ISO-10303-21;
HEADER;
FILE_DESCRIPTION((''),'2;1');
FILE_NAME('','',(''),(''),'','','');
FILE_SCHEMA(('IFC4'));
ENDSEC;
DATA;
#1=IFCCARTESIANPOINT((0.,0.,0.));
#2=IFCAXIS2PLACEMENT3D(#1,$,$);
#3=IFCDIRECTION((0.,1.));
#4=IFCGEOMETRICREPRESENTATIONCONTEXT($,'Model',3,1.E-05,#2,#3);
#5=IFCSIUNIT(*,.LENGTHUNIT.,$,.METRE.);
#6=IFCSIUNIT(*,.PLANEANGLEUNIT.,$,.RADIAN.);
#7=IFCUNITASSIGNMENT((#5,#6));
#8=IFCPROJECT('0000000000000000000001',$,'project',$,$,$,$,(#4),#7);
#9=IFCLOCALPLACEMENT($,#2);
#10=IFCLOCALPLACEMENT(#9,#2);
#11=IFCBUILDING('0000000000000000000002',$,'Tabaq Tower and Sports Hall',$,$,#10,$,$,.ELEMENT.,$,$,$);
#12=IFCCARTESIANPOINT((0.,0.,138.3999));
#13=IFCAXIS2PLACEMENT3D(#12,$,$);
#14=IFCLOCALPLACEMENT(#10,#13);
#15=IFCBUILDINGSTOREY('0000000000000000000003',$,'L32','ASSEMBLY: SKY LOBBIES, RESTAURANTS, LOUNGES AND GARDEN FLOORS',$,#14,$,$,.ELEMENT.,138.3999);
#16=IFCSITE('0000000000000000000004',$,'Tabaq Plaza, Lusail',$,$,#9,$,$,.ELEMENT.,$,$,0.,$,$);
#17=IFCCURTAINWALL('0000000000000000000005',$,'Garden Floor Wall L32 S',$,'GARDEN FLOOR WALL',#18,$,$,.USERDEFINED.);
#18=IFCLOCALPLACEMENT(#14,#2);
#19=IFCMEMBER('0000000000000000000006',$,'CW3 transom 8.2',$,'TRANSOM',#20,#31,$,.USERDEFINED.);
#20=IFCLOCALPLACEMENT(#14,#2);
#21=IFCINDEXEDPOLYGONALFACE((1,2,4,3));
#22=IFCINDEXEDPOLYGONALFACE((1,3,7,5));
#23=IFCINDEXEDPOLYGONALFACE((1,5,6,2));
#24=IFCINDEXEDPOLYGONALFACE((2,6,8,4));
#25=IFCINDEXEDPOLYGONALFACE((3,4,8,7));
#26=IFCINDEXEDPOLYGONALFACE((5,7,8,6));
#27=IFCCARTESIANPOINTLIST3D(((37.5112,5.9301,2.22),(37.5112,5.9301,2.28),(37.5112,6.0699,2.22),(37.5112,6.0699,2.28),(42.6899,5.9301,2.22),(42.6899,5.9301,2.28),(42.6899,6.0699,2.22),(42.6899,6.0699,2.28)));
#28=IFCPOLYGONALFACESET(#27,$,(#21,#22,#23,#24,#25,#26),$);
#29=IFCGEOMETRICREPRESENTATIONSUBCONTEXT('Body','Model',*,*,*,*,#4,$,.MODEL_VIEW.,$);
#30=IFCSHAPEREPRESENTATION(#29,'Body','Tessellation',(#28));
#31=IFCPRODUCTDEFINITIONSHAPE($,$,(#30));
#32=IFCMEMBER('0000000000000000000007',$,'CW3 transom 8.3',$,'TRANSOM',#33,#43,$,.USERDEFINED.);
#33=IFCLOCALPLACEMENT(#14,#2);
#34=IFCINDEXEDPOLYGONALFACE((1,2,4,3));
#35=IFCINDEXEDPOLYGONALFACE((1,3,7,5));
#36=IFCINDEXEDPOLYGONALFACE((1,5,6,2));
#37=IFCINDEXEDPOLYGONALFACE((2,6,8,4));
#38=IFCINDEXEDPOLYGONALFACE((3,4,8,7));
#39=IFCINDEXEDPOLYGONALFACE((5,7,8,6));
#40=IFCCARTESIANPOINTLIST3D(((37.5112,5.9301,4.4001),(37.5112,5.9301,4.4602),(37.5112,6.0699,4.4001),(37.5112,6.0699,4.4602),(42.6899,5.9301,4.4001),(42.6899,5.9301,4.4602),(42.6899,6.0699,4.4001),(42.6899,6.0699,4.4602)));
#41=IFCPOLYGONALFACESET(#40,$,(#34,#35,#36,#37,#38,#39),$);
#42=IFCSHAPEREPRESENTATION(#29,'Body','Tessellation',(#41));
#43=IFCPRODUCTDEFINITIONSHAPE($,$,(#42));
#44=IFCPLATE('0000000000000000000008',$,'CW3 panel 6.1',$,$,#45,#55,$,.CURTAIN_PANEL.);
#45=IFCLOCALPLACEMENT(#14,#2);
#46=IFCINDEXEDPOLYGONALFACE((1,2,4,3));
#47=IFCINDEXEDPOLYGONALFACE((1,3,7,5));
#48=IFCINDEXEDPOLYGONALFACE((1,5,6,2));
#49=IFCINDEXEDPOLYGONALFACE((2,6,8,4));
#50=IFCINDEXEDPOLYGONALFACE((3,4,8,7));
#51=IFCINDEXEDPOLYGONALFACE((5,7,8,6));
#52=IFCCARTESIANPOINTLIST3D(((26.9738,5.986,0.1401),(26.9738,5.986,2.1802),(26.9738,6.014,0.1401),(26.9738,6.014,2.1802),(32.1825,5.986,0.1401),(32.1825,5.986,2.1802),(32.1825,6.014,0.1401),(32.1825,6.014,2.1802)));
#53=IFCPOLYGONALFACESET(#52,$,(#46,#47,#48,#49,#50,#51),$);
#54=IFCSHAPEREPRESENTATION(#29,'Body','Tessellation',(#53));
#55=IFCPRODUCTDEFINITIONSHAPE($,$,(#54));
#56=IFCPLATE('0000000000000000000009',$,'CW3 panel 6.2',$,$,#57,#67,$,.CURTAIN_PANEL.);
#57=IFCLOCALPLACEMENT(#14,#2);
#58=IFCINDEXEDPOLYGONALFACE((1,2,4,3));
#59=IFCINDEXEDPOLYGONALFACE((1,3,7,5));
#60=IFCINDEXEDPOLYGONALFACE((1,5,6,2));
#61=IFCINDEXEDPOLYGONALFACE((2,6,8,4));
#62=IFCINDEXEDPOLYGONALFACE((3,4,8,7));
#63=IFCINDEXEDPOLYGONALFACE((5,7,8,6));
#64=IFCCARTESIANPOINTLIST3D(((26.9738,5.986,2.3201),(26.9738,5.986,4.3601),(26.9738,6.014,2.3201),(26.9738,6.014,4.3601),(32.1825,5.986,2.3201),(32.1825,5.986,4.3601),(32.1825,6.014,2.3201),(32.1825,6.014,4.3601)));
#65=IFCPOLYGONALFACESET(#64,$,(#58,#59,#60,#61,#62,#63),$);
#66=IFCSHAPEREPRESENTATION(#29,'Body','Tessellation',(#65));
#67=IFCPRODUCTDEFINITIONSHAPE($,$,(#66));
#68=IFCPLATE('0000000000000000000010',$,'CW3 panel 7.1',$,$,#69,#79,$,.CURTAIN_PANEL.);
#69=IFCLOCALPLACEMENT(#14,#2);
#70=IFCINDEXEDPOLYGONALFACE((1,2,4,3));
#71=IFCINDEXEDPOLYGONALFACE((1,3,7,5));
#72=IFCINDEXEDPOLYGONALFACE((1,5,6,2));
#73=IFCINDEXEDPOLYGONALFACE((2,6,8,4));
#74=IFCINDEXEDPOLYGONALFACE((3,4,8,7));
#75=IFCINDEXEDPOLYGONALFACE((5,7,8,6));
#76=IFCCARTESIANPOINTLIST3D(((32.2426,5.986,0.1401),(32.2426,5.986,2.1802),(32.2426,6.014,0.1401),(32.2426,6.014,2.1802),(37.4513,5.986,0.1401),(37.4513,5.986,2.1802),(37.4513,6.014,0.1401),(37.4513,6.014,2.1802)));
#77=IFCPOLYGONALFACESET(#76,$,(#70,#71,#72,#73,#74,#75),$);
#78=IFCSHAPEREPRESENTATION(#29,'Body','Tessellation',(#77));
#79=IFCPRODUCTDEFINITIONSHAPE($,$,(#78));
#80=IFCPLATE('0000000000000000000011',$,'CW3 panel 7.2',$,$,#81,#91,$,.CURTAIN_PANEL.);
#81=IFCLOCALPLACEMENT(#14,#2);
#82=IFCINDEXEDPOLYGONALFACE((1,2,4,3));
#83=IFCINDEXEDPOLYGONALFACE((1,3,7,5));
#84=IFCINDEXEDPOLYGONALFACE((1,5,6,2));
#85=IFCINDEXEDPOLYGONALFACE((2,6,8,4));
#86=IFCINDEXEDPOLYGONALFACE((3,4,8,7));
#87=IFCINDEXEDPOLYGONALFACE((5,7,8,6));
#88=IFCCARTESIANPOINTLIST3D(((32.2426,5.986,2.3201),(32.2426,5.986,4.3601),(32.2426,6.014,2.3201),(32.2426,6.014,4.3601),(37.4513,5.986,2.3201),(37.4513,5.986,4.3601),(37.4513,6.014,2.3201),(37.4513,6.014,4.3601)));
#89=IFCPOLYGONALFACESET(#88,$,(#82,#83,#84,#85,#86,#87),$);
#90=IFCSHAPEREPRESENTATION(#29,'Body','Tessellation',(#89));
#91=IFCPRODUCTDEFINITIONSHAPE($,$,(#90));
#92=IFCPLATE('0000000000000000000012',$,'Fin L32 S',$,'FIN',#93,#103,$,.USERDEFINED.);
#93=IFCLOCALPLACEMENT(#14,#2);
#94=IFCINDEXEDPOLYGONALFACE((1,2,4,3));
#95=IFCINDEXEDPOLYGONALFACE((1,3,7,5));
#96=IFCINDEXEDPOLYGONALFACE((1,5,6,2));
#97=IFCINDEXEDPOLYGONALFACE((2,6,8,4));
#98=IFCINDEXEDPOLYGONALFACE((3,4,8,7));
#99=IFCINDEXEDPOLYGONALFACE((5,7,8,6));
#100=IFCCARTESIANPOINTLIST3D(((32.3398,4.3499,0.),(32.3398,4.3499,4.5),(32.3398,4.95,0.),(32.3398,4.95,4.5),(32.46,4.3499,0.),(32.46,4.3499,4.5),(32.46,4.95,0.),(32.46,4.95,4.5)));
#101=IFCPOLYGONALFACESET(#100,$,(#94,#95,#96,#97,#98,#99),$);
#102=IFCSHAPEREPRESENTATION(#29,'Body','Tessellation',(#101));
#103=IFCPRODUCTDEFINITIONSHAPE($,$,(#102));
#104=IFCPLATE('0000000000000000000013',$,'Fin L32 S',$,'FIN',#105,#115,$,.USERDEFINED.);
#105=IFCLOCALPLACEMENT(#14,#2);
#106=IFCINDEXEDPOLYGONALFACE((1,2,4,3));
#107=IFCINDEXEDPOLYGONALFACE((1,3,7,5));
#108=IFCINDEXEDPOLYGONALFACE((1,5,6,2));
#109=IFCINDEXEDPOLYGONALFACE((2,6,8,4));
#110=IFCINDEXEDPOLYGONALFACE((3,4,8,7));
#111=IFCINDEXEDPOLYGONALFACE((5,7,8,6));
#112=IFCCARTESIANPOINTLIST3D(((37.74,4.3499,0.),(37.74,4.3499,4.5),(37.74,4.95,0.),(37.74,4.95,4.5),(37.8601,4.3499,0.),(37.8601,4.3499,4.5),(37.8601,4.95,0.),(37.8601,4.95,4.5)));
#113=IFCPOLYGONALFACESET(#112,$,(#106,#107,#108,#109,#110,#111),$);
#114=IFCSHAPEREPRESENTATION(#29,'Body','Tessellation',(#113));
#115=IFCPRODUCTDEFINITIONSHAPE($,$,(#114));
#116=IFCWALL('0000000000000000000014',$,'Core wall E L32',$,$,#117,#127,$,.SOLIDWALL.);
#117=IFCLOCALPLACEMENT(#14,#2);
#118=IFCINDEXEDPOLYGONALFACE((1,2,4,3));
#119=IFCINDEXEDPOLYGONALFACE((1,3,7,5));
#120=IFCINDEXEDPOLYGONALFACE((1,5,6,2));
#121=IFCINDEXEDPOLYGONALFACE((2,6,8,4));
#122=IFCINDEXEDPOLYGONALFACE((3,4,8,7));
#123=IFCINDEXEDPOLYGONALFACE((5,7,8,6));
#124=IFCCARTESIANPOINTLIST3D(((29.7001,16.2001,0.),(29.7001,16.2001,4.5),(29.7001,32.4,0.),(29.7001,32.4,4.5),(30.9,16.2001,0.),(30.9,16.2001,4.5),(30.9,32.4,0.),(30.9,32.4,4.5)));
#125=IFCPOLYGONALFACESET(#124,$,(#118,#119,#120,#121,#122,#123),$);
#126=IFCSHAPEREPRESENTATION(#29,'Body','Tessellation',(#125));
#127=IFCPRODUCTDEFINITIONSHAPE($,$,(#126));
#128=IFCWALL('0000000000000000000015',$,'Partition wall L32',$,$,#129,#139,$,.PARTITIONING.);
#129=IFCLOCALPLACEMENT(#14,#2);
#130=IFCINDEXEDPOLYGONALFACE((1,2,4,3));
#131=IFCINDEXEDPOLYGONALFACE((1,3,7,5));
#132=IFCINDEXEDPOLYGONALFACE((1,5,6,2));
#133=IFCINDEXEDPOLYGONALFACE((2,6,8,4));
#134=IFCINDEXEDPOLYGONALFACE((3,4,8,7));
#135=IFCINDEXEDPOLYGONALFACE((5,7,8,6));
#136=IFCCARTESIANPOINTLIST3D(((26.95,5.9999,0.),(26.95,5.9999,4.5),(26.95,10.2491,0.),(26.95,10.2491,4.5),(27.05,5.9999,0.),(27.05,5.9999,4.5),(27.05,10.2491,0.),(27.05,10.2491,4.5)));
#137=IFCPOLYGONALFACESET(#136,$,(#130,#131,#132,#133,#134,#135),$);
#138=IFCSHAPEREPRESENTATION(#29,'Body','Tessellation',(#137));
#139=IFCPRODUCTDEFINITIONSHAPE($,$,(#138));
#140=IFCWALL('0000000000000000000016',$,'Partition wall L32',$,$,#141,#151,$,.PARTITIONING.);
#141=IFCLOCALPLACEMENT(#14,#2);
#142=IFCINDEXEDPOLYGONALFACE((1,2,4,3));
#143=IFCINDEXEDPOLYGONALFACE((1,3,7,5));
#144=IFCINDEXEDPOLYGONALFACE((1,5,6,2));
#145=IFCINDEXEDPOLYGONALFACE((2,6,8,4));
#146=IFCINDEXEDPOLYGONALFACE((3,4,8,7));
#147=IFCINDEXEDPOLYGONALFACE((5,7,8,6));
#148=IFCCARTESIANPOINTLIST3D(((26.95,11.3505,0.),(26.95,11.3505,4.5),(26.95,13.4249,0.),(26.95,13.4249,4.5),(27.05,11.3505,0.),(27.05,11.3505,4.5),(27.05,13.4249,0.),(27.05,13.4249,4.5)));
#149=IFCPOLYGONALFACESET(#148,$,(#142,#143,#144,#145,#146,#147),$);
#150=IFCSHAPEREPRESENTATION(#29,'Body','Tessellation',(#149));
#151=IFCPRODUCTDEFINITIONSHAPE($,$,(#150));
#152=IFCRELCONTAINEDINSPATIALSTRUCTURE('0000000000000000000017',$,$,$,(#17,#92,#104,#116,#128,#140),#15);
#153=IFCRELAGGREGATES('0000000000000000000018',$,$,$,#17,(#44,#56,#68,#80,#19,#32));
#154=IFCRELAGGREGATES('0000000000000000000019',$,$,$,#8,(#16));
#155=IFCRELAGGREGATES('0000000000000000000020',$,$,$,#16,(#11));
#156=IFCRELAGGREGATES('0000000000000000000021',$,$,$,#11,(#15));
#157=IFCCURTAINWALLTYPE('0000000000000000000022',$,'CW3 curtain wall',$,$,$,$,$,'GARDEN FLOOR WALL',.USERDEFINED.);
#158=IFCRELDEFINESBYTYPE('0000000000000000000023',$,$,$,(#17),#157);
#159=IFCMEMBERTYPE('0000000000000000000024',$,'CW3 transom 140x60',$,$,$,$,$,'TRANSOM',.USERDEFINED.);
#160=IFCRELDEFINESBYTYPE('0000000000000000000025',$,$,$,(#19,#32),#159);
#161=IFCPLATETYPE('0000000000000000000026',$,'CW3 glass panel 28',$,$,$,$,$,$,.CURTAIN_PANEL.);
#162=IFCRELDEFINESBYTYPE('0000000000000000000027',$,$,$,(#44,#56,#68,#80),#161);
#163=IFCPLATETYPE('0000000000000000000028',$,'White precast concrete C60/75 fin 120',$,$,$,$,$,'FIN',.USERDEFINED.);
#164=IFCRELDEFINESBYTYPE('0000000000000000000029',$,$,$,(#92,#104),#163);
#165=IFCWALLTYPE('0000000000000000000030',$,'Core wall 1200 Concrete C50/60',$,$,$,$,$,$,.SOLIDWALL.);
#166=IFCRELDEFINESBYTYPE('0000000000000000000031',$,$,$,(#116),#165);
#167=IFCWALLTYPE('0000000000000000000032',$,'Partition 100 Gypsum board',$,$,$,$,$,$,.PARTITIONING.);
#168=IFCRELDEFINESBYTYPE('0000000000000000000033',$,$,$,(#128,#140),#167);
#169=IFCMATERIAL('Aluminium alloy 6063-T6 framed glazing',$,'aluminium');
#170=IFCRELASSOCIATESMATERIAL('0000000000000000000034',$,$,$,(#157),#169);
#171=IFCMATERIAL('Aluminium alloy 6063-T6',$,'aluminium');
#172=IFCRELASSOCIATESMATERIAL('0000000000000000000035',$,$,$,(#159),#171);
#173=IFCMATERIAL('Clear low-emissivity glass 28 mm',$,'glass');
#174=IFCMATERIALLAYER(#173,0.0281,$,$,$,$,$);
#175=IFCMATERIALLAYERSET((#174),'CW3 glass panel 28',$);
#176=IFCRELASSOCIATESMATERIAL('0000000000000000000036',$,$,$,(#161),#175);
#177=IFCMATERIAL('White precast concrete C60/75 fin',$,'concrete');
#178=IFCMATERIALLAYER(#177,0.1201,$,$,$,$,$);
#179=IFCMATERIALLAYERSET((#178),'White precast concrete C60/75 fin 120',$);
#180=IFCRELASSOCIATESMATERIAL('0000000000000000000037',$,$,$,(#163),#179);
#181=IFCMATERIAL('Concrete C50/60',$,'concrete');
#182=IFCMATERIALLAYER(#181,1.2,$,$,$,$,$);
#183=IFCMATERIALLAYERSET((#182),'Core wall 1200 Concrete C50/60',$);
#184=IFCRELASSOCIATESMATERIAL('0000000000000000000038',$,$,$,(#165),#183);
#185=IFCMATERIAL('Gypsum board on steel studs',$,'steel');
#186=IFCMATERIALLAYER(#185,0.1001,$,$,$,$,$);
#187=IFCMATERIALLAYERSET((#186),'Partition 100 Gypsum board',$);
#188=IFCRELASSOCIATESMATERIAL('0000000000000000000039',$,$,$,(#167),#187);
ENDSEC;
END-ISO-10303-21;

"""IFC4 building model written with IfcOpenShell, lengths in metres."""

from ifc_helpers import new_model, si_unit, direction, frame, frame_2d, origin, origin_2d, place, context, subcontext, project, spatial, rectangle, extrude, material, layer, layer_set, material_profile, profile_set, type_object, element, aggregate, save


model = new_model("IFC4")

# Units and contexts
model_context = context("Model", 3, precision=1e-05, world=origin(), true_north=direction((0.0, 1.0)))
body_context = subcontext(model_context, "Body", "Model", "MODEL_VIEW")
ifc_project = project(units=[si_unit("LENGTHUNIT", "METRE"), si_unit("PLANEANGLEUNIT", "RADIAN")], contexts=[model_context])

# Site, building, storey
site_placement = place(None, origin())
site = spatial("IfcSite", under=ifc_project, at=site_placement, Name="Tabaq Plaza, Lusail", CompositionType="ELEMENT", RefElevation=0.0)
building_placement = place(site_placement, origin())
building = spatial("IfcBuilding", under=site, at=building_placement, Name="Tabaq Tower and Sports Hall", CompositionType="ELEMENT")
storey_placement = place(building_placement, frame((0.0, 0.0, 138.3999)))
storey = spatial("IfcBuildingStorey", under=building, at=storey_placement, Name="L32", Description="ASSEMBLY: SKY LOBBIES, RESTAURANTS, LOUNGES AND GARDEN FLOORS", CompositionType="ELEMENT", Elevation=138.3999)

# Curtain wall, members, plates
ifc_material_1 = material(Name="Aluminium alloy 6063-T6 framed glazing", Category="aluminium")
curtain_wall_type_1 = type_object("IfcCurtainWallType", Name="CW3 curtain wall", ElementType="GARDEN FLOOR WALL", PredefinedType="USERDEFINED", material=ifc_material_1)
curtain_wall_1_placement = place(storey_placement, origin())
curtain_wall_1 = element("IfcCurtainWall", 1, at=curtain_wall_1_placement, inside=storey, type_object=curtain_wall_type_1, Name="Garden Floor Wall L32 S", ObjectType="GARDEN FLOOR WALL", PredefinedType="USERDEFINED")
ifc_material_2 = material(Name="Aluminium alloy 6063-T6", Category="aluminium")
ifc_material_profile_1 = material_profile(ifc_material_2, rectangle(XDim=0.1399, YDim=0.0601, at=origin_2d()), Name="TRANSOM 140x60")
ifc_profile_set_1 = profile_set([ifc_material_profile_1], Name="Aluminium alloy 6063-T6")
member_type_1 = type_object("IfcMemberType", Name="CW3 transom 140x60", ElementType="TRANSOM", PredefinedType="USERDEFINED", material=ifc_profile_set_1)
member_1_placement = place(storey_placement, frame((37.5112, 6.0, 2.25), z_axis=(1.0, 0.0, 0.0), x_axis=(0.0, 1.0, 0.0)))
member_1 = element("IfcMember", 2, at=member_1_placement, type_object=member_type_1, Name="CW3 transom 8.2", ObjectType="TRANSOM", PredefinedType="USERDEFINED", context=body_context, shape_type="SweptSolid", body=[
    extrude(rectangle(XDim=0.1399, YDim=0.0601, at=origin_2d()), origin(), (0.0, 0.0, 1.0), 5.1787),
])
member_2_placement = place(storey_placement, frame((37.5112, 6.0, 4.4302), z_axis=(1.0, 0.0, 0.0), x_axis=(0.0, 1.0, 0.0)))
member_2 = element("IfcMember", 3, at=member_2_placement, type_object=member_type_1, Name="CW3 transom 8.3", ObjectType="TRANSOM", PredefinedType="USERDEFINED", context=body_context, shape_type="SweptSolid", body=[
    extrude(rectangle(XDim=0.1399, YDim=0.0601, at=origin_2d()), origin(), (0.0, 0.0, 1.0), 5.1787),
])
ifc_material_3 = material(Name="Clear low-emissivity glass 28 mm", Category="glass")
ifc_layer_1 = layer(ifc_material_3, 0.0281)
ifc_layer_set_1 = layer_set([ifc_layer_1], Name="CW3 glass panel 28")
plate_type_1 = type_object("IfcPlateType", Name="CW3 glass panel 28", PredefinedType="CURTAIN_PANEL", material=ifc_layer_set_1)
plate_1_placement = place(storey_placement, frame((29.5781, 6.0, 0.1401), z_axis=(0.0, 0.0, 1.0), x_axis=(1.0, 0.0, 0.0)))
plate_1 = element("IfcPlate", 4, at=plate_1_placement, type_object=plate_type_1, Name="CW3 panel 6.1", PredefinedType="CURTAIN_PANEL", context=body_context, shape_type="SweptSolid", body=[
    extrude(rectangle(XDim=5.2087, YDim=0.0281, at=origin_2d()), origin(), (0.0, 0.0, 1.0), 2.04),
])
plate_2_placement = place(storey_placement, frame((29.5781, 6.0, 2.3201), z_axis=(0.0, 0.0, 1.0), x_axis=(1.0, 0.0, 0.0)))
plate_2 = element("IfcPlate", 5, at=plate_2_placement, type_object=plate_type_1, Name="CW3 panel 6.2", PredefinedType="CURTAIN_PANEL", context=body_context, shape_type="SweptSolid", body=[
    extrude(rectangle(XDim=5.2087, YDim=0.0281, at=origin_2d()), origin(), (0.0, 0.0, 1.0), 2.04),
])
plate_3_placement = place(storey_placement, frame((34.8469, 6.0, 0.1401), z_axis=(0.0, 0.0, 1.0), x_axis=(1.0, 0.0, 0.0)))
plate_3 = element("IfcPlate", 6, at=plate_3_placement, type_object=plate_type_1, Name="CW3 panel 7.1", PredefinedType="CURTAIN_PANEL", context=body_context, shape_type="SweptSolid", body=[
    extrude(rectangle(XDim=5.2087, YDim=0.0281, at=origin_2d()), origin(), (0.0, 0.0, 1.0), 2.04),
])
plate_4_placement = place(storey_placement, frame((34.8469, 6.0, 2.3201), z_axis=(0.0, 0.0, 1.0), x_axis=(1.0, 0.0, 0.0)))
plate_4 = element("IfcPlate", 7, at=plate_4_placement, type_object=plate_type_1, Name="CW3 panel 7.2", PredefinedType="CURTAIN_PANEL", context=body_context, shape_type="SweptSolid", body=[
    extrude(rectangle(XDim=5.2087, YDim=0.0281, at=origin_2d()), origin(), (0.0, 0.0, 1.0), 2.04),
])
aggregate(curtain_wall_1, [plate_1, plate_2, plate_3, plate_4, member_1, member_2])

# Plates
ifc_material_4 = material(Name="White precast concrete C60/75 fin", Category="concrete")
ifc_layer_2 = layer(ifc_material_4, 0.1201)
ifc_layer_set_2 = layer_set([ifc_layer_2], Name="White precast concrete C60/75 fin 120")
plate_type_2 = type_object("IfcPlateType", Name="White precast concrete C60/75 fin 120", ElementType="FIN", PredefinedType="USERDEFINED", material=ifc_layer_set_2)
for number, where, z_axis, x_axis, name in (
    (8, (32.3999, 4.6499, 0.0), (0.0, 0.0, 1.0), (1.0, 0.0, 0.0), "Fin L32 S"),
    (9, (37.8, 4.6499, 0.0), (0.0, 0.0, 1.0), (1.0, 0.0, 0.0), "Fin L32 S"),
):
    element("IfcPlate", number, at=place(storey_placement, frame(where, z_axis=z_axis, x_axis=x_axis)), inside=storey, type_object=plate_type_2, Name=name, ObjectType="FIN", PredefinedType="USERDEFINED", context=body_context, shape_type="SweptSolid", body=[
        extrude(rectangle(XDim=0.1201, YDim=0.6001, at=origin_2d()), origin(), (0.0, 0.0, 1.0), 4.5),
    ])

# Walls
ifc_material_5 = material(Name="Concrete C50/60", Category="concrete")
ifc_layer_3 = layer(ifc_material_5, 1.2)
ifc_layer_set_3 = layer_set([ifc_layer_3], Name="Core wall 1200 Concrete C50/60")
wall_type_1 = type_object("IfcWallType", Name="Core wall 1200 Concrete C50/60", PredefinedType="SOLIDWALL", material=ifc_layer_set_3)
wall_1_placement = place(storey_placement, frame((30.3, 16.2, 0.0), z_axis=(0.0, 0.0, 1.0), x_axis=(0.0, 1.0, 0.0)))
element("IfcWall", 10, at=wall_1_placement, inside=storey, type_object=wall_type_1, Name="Core wall E L32", PredefinedType="SOLIDWALL", context=body_context, shape_type="SweptSolid", body=[
    extrude(rectangle(XDim=16.2, YDim=1.2, at=frame_2d((8.1001, 0.0))), origin(), (0.0, 0.0, 1.0), 4.5),
])
ifc_material_6 = material(Name="Gypsum board on steel studs", Category="steel")
ifc_layer_4 = layer(ifc_material_6, 0.1001)
ifc_layer_set_4 = layer_set([ifc_layer_4], Name="Partition 100 Gypsum board")
wall_type_2 = type_object("IfcWallType", Name="Partition 100 Gypsum board", PredefinedType="PARTITIONING", material=ifc_layer_set_4)
wall_2_placement = place(storey_placement, frame((27.0, 6.0, 0.0), z_axis=(0.0, 0.0, 1.0), x_axis=(0.0, 1.0, 0.0)))
element("IfcWall", 11, at=wall_2_placement, inside=storey, type_object=wall_type_2, Name="Partition wall L32", PredefinedType="PARTITIONING", context=body_context, shape_type="SweptSolid", body=[
    extrude(rectangle(XDim=4.2493, YDim=0.1001, at=frame_2d((2.1245, 0.0))), origin(), (0.0, 0.0, 1.0), 4.5),
])
wall_3_placement = place(storey_placement, frame((27.0, 11.3506, 0.0), z_axis=(0.0, 0.0, 1.0), x_axis=(0.0, 1.0, 0.0)))
element("IfcWall", 12, at=wall_3_placement, inside=storey, type_object=wall_type_2, Name="Partition wall L32", PredefinedType="PARTITIONING", context=body_context, shape_type="SweptSolid", body=[
    extrude(rectangle(XDim=2.0745, YDim=0.1001, at=frame_2d((1.0371, 0.0))), origin(), (0.0, 0.0, 1.0), 4.5),
])

save(model, "model.ifc")
